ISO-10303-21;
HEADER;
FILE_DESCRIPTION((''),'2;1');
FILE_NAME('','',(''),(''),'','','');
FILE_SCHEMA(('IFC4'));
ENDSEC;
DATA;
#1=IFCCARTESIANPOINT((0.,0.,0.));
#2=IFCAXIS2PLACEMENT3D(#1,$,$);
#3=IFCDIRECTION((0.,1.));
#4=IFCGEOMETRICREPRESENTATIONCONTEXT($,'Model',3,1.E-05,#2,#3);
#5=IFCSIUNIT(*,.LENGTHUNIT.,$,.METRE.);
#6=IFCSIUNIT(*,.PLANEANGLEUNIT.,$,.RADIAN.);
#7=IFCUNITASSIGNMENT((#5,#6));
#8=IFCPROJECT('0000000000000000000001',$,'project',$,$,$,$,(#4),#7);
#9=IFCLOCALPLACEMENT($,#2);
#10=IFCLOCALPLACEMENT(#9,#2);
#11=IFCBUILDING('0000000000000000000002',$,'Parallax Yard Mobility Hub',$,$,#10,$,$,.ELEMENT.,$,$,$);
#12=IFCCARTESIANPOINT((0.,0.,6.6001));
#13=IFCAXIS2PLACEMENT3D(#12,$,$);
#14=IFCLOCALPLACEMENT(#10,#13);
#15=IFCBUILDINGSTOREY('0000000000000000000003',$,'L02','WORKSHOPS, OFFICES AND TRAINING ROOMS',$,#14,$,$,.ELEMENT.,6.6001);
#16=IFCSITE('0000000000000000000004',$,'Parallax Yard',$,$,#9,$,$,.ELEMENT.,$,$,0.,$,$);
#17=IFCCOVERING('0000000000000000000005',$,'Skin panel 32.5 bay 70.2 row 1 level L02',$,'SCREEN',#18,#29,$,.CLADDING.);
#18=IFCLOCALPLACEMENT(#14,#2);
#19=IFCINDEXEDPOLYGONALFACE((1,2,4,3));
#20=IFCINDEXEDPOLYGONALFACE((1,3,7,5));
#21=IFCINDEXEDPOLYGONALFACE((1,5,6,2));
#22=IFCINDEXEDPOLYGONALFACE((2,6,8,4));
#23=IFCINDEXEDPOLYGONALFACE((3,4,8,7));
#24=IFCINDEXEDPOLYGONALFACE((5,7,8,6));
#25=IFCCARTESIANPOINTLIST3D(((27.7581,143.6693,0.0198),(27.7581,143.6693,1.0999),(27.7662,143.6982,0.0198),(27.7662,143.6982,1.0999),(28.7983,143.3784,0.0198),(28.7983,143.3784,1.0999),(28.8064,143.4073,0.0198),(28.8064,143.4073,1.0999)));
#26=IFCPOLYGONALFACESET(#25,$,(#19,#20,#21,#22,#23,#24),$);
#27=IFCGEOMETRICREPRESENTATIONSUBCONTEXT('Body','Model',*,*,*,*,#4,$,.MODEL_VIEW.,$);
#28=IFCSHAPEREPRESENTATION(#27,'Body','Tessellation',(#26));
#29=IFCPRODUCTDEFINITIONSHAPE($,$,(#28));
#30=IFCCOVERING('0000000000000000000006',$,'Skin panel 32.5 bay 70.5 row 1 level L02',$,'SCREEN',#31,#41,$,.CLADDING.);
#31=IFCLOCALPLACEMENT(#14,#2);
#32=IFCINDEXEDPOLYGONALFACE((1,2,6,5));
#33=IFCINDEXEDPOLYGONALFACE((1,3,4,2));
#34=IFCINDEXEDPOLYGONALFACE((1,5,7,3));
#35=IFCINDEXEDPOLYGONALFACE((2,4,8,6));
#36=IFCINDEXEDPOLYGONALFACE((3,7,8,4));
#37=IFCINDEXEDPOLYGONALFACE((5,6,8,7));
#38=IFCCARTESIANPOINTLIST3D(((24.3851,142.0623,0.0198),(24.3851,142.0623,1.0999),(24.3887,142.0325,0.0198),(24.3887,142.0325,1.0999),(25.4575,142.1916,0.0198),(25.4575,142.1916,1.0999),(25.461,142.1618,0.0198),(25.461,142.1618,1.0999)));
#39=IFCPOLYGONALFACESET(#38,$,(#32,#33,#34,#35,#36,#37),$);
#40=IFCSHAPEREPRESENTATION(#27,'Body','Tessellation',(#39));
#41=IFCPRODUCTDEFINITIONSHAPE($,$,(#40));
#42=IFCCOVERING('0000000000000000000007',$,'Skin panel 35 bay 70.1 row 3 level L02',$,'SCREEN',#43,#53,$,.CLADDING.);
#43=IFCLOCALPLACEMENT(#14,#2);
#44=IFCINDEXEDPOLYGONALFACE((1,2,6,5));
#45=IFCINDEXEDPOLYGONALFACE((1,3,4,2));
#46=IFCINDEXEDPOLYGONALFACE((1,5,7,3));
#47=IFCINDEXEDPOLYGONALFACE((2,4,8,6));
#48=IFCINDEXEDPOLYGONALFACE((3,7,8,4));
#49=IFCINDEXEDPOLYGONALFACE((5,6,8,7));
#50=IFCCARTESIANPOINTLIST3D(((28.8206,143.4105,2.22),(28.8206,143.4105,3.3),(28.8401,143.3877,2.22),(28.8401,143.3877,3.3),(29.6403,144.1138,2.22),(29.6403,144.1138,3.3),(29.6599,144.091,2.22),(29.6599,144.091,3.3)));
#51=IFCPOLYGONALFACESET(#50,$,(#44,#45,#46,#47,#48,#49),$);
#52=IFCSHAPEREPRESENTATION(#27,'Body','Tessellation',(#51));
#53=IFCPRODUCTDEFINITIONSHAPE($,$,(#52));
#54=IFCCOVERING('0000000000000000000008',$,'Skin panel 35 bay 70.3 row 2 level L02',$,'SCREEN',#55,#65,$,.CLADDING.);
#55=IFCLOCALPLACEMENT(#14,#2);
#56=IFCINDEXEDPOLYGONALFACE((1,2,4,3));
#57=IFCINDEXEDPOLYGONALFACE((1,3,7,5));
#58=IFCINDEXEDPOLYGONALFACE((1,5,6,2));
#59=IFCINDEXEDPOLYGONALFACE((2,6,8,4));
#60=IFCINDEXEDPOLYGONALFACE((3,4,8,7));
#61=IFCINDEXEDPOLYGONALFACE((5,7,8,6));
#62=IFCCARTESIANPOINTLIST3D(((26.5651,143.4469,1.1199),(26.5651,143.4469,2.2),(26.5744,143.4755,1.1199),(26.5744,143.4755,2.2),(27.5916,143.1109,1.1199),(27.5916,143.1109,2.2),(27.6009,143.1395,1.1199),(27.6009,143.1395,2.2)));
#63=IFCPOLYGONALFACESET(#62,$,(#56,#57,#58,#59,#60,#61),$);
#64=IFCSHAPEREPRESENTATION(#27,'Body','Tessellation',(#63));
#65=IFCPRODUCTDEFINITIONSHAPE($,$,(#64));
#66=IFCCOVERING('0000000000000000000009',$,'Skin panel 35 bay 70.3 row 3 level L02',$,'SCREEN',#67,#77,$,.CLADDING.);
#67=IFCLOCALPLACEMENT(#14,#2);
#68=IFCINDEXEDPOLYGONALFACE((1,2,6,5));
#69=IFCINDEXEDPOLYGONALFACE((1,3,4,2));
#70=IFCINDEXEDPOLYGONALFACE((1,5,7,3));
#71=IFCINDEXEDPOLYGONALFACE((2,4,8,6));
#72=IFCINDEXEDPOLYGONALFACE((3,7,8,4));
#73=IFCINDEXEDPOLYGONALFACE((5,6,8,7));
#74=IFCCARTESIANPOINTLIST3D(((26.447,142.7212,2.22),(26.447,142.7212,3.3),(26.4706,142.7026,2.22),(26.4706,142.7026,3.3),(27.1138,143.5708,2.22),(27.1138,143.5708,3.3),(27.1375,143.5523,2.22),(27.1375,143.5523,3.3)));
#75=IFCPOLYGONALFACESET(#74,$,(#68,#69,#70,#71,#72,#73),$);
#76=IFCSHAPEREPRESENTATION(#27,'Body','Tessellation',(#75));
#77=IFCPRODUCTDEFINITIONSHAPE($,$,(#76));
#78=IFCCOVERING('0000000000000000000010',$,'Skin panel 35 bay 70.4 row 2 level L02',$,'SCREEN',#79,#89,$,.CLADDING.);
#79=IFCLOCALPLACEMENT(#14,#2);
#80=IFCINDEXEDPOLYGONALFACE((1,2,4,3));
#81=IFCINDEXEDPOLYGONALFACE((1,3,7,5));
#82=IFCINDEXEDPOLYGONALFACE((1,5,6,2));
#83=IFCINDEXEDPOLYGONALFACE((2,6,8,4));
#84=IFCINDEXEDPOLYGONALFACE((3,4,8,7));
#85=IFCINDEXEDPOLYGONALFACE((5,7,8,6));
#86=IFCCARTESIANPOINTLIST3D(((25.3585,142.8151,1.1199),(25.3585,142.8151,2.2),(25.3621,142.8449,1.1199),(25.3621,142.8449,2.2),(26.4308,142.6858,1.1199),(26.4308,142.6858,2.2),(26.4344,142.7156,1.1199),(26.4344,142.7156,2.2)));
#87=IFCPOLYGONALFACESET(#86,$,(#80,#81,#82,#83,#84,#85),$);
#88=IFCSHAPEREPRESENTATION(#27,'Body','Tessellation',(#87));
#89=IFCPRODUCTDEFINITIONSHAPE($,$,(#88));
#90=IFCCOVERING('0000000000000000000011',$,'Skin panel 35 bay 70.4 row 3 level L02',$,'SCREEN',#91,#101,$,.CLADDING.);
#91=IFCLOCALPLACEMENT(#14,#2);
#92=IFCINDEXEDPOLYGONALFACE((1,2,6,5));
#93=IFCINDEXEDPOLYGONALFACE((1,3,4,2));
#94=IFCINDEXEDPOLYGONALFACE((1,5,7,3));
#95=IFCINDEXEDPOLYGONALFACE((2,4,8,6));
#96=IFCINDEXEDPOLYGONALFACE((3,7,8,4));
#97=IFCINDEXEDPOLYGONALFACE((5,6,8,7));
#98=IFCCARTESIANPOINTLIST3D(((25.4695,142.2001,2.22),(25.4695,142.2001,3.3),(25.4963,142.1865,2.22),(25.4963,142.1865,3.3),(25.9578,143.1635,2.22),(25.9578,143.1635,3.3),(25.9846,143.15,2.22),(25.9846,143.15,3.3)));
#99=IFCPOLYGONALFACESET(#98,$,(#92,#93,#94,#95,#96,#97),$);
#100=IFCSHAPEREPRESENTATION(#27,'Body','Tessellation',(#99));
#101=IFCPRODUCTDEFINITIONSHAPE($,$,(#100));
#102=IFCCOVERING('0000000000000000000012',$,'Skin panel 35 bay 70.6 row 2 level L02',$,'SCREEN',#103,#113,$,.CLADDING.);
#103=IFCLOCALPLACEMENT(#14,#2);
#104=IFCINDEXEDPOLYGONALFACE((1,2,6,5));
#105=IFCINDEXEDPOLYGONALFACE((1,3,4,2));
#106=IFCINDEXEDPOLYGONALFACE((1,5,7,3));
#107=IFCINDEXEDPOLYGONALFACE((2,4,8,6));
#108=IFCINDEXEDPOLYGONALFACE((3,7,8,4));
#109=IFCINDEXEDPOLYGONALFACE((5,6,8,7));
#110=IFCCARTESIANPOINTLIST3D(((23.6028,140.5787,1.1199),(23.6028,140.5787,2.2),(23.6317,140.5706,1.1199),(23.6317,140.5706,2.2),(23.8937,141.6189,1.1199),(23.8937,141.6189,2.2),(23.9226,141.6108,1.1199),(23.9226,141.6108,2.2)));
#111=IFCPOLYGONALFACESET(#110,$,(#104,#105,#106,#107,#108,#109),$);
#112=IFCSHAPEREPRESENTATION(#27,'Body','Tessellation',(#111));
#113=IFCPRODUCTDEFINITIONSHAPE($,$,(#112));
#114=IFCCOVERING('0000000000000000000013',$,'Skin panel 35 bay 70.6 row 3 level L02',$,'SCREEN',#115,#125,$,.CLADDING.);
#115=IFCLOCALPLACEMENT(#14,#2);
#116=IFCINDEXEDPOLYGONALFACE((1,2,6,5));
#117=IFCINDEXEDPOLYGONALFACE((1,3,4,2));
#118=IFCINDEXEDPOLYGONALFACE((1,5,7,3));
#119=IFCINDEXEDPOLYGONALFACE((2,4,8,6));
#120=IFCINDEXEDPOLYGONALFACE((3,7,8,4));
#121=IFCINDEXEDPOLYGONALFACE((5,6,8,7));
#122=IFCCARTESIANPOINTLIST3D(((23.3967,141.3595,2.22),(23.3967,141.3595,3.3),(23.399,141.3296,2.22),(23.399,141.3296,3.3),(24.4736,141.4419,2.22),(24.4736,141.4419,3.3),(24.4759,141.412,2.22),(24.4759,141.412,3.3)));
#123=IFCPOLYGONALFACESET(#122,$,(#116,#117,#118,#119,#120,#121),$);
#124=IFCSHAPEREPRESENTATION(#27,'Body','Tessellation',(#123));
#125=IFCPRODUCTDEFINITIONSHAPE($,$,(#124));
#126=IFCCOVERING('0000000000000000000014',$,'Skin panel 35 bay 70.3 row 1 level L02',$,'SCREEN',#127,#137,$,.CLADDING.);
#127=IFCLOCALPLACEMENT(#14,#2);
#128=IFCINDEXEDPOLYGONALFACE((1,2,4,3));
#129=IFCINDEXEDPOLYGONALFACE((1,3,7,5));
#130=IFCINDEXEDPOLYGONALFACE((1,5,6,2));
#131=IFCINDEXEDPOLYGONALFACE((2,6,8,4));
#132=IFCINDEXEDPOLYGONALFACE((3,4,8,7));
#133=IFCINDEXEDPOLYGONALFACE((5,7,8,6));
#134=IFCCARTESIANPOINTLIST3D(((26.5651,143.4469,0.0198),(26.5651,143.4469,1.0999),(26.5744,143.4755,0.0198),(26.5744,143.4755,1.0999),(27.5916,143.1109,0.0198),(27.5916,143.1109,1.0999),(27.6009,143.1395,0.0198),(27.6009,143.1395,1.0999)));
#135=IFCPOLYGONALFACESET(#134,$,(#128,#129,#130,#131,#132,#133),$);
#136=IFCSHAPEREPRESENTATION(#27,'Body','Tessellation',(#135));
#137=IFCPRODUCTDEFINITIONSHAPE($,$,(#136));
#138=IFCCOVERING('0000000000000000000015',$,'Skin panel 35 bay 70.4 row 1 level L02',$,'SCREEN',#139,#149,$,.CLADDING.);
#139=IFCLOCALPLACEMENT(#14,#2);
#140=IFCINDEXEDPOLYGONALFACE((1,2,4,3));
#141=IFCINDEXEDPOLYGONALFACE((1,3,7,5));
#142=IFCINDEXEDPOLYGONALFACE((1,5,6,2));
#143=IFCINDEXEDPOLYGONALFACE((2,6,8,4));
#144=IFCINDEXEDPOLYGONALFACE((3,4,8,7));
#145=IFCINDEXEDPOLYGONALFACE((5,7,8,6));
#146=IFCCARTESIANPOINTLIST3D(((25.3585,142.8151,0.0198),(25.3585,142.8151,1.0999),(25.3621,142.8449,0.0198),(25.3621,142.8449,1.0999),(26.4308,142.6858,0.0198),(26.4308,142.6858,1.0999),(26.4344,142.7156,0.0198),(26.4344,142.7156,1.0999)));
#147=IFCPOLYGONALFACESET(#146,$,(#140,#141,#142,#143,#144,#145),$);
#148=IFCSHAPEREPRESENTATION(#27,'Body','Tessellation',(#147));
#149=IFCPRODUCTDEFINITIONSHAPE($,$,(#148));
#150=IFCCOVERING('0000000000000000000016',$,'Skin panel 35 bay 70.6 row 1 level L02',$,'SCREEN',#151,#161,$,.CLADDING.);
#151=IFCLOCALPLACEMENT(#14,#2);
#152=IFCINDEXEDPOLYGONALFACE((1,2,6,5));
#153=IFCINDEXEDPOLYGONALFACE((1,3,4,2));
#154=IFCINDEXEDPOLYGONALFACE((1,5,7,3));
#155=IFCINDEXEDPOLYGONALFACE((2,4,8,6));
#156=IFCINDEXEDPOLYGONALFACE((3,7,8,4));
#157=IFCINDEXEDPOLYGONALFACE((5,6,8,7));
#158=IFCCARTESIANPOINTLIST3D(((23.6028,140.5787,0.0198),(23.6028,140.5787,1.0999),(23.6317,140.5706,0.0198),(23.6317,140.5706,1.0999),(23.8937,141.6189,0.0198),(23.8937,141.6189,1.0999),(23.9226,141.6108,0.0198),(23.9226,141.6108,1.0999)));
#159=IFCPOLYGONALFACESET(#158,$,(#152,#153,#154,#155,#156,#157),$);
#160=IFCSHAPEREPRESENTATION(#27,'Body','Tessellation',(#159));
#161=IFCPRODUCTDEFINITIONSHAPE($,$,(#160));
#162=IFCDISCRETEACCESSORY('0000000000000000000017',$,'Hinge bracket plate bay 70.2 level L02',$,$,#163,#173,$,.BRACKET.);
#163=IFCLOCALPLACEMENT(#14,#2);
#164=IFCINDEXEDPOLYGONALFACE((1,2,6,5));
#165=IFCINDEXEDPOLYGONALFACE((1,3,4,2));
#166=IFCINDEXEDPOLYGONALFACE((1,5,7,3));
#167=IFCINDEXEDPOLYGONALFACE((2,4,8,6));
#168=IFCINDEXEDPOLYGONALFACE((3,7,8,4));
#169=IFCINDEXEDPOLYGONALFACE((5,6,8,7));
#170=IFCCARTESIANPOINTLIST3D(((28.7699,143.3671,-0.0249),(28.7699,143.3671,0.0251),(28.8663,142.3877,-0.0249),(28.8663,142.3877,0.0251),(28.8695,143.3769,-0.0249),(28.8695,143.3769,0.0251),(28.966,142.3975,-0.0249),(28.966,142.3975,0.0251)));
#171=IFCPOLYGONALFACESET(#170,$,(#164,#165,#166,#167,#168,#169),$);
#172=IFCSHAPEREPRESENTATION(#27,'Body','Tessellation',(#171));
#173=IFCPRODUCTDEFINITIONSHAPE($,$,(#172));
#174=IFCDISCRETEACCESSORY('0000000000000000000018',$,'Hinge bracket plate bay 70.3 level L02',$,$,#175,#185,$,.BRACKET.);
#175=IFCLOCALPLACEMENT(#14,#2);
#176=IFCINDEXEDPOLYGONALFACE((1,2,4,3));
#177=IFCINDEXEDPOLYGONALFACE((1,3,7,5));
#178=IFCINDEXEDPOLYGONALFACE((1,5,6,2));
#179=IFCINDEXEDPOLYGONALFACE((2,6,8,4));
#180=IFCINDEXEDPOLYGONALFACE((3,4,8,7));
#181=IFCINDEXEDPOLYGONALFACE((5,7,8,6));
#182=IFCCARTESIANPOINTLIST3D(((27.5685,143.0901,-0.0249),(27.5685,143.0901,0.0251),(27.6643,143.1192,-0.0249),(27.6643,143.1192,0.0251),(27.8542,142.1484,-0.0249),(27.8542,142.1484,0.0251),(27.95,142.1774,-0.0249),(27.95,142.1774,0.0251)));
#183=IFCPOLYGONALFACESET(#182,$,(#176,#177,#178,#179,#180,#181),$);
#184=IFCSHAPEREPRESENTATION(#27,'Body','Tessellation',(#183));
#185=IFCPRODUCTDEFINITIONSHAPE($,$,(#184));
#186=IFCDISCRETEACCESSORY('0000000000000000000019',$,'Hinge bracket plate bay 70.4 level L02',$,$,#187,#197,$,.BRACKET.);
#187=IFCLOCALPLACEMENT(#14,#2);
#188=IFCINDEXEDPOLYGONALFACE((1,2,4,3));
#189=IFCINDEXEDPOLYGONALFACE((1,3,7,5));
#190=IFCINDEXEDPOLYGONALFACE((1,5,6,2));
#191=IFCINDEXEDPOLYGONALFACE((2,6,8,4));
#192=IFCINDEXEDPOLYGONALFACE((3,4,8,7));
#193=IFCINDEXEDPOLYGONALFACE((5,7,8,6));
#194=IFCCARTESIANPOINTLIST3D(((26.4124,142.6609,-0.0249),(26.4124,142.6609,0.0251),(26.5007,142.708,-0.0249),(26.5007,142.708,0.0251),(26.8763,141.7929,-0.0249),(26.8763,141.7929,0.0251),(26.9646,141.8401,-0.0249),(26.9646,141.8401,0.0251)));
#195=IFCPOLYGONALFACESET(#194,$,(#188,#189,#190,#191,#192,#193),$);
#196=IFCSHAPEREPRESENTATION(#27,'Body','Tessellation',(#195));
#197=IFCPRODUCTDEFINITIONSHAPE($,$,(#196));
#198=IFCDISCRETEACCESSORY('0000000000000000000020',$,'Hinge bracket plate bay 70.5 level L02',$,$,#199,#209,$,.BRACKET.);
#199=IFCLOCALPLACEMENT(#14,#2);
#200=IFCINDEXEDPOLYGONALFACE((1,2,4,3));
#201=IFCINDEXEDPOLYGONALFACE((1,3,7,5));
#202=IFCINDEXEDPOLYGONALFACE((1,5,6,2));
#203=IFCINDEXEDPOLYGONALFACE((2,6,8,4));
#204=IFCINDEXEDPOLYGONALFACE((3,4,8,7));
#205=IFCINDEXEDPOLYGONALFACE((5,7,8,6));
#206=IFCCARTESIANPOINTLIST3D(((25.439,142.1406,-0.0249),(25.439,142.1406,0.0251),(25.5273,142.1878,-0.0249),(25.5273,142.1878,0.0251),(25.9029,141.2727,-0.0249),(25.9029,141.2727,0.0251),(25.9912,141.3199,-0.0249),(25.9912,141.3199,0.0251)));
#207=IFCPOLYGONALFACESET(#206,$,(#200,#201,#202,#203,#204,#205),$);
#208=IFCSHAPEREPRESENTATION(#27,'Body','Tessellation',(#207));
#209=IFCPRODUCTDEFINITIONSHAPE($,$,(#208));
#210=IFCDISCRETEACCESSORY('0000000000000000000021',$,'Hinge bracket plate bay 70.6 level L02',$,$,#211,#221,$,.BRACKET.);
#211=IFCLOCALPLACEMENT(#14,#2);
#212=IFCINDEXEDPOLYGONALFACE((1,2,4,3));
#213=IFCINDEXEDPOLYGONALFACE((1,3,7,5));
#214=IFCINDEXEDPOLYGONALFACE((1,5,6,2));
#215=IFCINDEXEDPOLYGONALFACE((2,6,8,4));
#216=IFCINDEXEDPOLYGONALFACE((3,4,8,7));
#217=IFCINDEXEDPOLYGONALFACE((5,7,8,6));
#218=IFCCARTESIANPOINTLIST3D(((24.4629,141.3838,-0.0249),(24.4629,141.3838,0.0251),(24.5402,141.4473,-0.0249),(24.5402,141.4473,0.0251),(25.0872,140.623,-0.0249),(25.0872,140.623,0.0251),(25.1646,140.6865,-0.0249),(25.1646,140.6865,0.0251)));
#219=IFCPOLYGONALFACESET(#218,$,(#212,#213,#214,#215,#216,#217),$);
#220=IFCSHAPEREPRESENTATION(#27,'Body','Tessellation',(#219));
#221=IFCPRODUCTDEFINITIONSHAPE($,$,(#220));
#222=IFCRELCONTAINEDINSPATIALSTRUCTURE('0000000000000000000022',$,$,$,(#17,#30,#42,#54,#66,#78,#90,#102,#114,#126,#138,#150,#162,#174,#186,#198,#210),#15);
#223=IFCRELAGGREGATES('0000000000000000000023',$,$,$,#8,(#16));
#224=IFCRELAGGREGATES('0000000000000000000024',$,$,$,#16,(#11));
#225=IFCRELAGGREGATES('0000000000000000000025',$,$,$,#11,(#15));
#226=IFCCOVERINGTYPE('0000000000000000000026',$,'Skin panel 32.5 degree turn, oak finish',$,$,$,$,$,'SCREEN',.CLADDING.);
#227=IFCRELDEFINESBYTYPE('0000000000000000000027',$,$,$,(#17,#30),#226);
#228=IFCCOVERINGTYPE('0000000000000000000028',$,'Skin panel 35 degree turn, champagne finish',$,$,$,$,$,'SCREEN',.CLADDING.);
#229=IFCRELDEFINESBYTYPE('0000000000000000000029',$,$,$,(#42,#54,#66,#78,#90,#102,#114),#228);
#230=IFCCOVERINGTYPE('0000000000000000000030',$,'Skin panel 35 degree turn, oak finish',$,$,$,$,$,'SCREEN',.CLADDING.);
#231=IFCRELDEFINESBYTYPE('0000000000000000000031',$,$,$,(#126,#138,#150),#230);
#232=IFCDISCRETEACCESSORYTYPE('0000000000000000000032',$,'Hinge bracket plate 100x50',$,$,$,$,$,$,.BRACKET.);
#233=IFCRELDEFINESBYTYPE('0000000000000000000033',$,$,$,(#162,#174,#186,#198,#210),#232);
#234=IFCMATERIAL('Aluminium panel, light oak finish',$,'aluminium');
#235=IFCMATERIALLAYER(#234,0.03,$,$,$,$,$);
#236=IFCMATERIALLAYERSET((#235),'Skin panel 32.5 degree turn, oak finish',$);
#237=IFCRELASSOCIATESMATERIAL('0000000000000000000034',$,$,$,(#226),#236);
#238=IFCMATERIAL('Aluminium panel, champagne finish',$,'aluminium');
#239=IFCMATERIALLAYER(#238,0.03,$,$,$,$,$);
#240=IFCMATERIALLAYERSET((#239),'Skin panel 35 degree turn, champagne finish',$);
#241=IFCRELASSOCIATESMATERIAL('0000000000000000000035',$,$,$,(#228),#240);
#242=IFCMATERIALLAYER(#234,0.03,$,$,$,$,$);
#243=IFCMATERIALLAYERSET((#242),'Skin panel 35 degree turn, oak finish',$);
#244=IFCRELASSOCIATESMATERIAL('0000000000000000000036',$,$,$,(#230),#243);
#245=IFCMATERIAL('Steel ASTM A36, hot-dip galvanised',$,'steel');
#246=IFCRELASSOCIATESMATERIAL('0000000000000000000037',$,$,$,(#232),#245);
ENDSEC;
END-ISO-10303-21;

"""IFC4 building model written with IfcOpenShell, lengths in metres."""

from ifc_helpers import new_model, si_unit, direction, frame, origin, origin_2d, place, context, subcontext, project, spatial, rectangle, extrude, material, layer, layer_set, type_object, element, save


model = new_model("IFC4")

# Units and contexts
model_context = context("Model", 3, precision=1e-05, world=origin(), true_north=direction((0.0, 1.0)))
body_context = subcontext(model_context, "Body", "Model", "MODEL_VIEW")
ifc_project = project(units=[si_unit("LENGTHUNIT", "METRE"), si_unit("PLANEANGLEUNIT", "RADIAN")], contexts=[model_context])

# Site, building, storey
site_placement = place(None, origin())
site = spatial("IfcSite", under=ifc_project, at=site_placement, Name="Parallax Yard", CompositionType="ELEMENT", RefElevation=0.0)
building_placement = place(site_placement, origin())
building = spatial("IfcBuilding", under=site, at=building_placement, Name="Parallax Yard Mobility Hub", CompositionType="ELEMENT")
storey_placement = place(building_placement, frame((0.0, 0.0, 6.6001)))
storey = spatial("IfcBuildingStorey", under=building, at=storey_placement, Name="L02", Description="WORKSHOPS, OFFICES AND TRAINING ROOMS", CompositionType="ELEMENT", Elevation=6.6001)

# Coverings
ifc_material_1 = material(Name="Aluminium panel, champagne finish", Category="aluminium")
ifc_material_2 = material(Name="Aluminium panel, light oak finish", Category="aluminium")
ifc_layer_1 = layer(ifc_material_2, 0.03)
ifc_layer_set_1 = layer_set([ifc_layer_1], Name="Skin panel 32.5 degree turn, oak finish")
covering_type_1 = type_object("IfcCoveringType", Name="Skin panel 32.5 degree turn, oak finish", ElementType="SCREEN", PredefinedType="CLADDING", material=ifc_layer_set_1)
for number, where, z_axis, x_axis, name in (
    (1, (28.2822, 143.5383, 0.0198), (0.0, 0.0, 1.0), (-0.963045, 0.26934, 0.0), "Skin panel 32.5 bay 70.2 row 1 level L02"),
    (2, (24.9231, 142.1121, 0.0198), (0.0, 0.0, 1.0), (-0.99281, -0.119704, 0.0), "Skin panel 32.5 bay 70.5 row 1 level L02"),
):
    element("IfcCovering", number, at=place(storey_placement, frame(where, z_axis=z_axis, x_axis=x_axis)), inside=storey, type_object=covering_type_1, Name=name, ObjectType="SCREEN", PredefinedType="CLADDING", context=body_context, shape_type="SweptSolid", body=[
        extrude(rectangle(XDim=1.0801, YDim=0.03, at=origin_2d()), origin(), (0.0, 0.0, 1.0), 1.0801),
    ])
ifc_layer_2 = layer(ifc_material_1, 0.03)
ifc_layer_set_2 = layer_set([ifc_layer_2], Name="Skin panel 35 degree turn, champagne finish")
covering_type_2 = type_object("IfcCoveringType", Name="Skin panel 35 degree turn, champagne finish", ElementType="SCREEN", PredefinedType="CLADDING", material=ifc_layer_set_2)
for number, where, z_axis, x_axis, name in (
    (3, (29.2402, 143.7507, 2.22), (0.0, 0.0, 1.0), (0.758987, 0.651105, 0.0), "Skin panel 35 bay 70.1 row 3 level L02"),
    (4, (27.083, 143.2932, 1.1199), (0.0, 0.0, 1.0), (-0.95038, 0.311091, 0.0), "Skin panel 35 bay 70.3 row 2 level L02"),
    (5, (26.7922, 143.1367, 2.22), (0.0, 0.0, 1.0), (0.617379, 0.786666, 0.0), "Skin panel 35 bay 70.3 row 3 level L02"),
    (6, (25.8965, 142.7654, 1.1199), (0.0, 0.0, 1.0), (-0.99281, 0.119704, 0.0), "Skin panel 35 bay 70.4 row 2 level L02"),
    (7, (25.7271, 142.675, 2.22), (0.0, 0.0, 1.0), (0.452046, 0.891995, 0.0), "Skin panel 35 bay 70.4 row 3 level L02"),
    (8, (23.7627, 141.0947, 1.1199), (0.0, 0.0, 1.0), (0.26934, 0.963045, 0.0), "Skin panel 35 bay 70.6 row 2 level L02"),
    (9, (23.9363, 141.3857, 2.22), (0.0, 0.0, 1.0), (-0.997086, -0.076284, 0.0), "Skin panel 35 bay 70.6 row 3 level L02"),
):
    element("IfcCovering", number, at=place(storey_placement, frame(where, z_axis=z_axis, x_axis=x_axis)), inside=storey, type_object=covering_type_2, Name=name, ObjectType="SCREEN", PredefinedType="CLADDING", context=body_context, shape_type="SweptSolid", body=[
        extrude(rectangle(XDim=1.0801, YDim=0.03, at=origin_2d()), origin(), (0.0, 0.0, 1.0), 1.0801),
    ])
ifc_layer_3 = layer(ifc_material_2, 0.03)
ifc_layer_set_3 = layer_set([ifc_layer_3], Name="Skin panel 35 degree turn, oak finish")
covering_type_3 = type_object("IfcCoveringType", Name="Skin panel 35 degree turn, oak finish", ElementType="SCREEN", PredefinedType="CLADDING", material=ifc_layer_set_3)
for number, where, z_axis, x_axis, name in (
    (10, (27.083, 143.2932, 0.0198), (0.0, 0.0, 1.0), (-0.95038, 0.311091, 0.0), "Skin panel 35 bay 70.3 row 1 level L02"),
    (11, (25.8965, 142.7654, 0.0198), (0.0, 0.0, 1.0), (-0.99281, 0.119704, 0.0), "Skin panel 35 bay 70.4 row 1 level L02"),
    (12, (23.7627, 141.0947, 0.0198), (0.0, 0.0, 1.0), (0.26934, 0.963045, 0.0), "Skin panel 35 bay 70.6 row 1 level L02"),
):
    element("IfcCovering", number, at=place(storey_placement, frame(where, z_axis=z_axis, x_axis=x_axis)), inside=storey, type_object=covering_type_3, Name=name, ObjectType="SCREEN", PredefinedType="CLADDING", context=body_context, shape_type="SweptSolid", body=[
        extrude(rectangle(XDim=1.0801, YDim=0.03, at=origin_2d()), origin(), (0.0, 0.0, 1.0), 1.0801),
    ])

# Discrete accessories
ifc_material_3 = material(Name="Steel ASTM A36, hot-dip galvanised", Category="steel")
discrete_accessory_type_1 = type_object("IfcDiscreteAccessoryType", Name="Hinge bracket plate 100x50", PredefinedType="BRACKET", material=ifc_material_3)
for number, where, z_axis, x_axis, name in (
    (13, (28.8679, 142.8823, -0.0249), (0.0, 0.0, 1.0), (-0.098017, 0.995185, 0.0), "Hinge bracket plate bay 70.2 level L02"),
    (14, (27.7593, 142.6338, -0.0249), (0.0, 0.0, 1.0), (-0.290285, 0.95694, 0.0), "Hinge bracket plate bay 70.3 level L02"),
    (15, (26.6885, 142.2505, -0.0249), (0.0, 0.0, 1.0), (-0.471397, 0.881921, 0.0), "Hinge bracket plate bay 70.4 level L02"),
    (16, (25.7151, 141.7302, -0.0249), (0.0, 0.0, 1.0), (-0.471397, 0.881921, 0.0), "Hinge bracket plate bay 70.5 level L02"),
    (17, (24.8137, 141.0352, -0.0249), (0.0, 0.0, 1.0), (-0.634393, 0.77301, 0.0), "Hinge bracket plate bay 70.6 level L02"),
):
    element("IfcDiscreteAccessory", number, at=place(storey_placement, frame(where, z_axis=z_axis, x_axis=x_axis)), inside=storey, type_object=discrete_accessory_type_1, Name=name, PredefinedType="BRACKET", context=body_context, shape_type="SweptSolid", body=[
        extrude(rectangle(XDim=0.9841, YDim=0.1001, at=origin_2d()), origin(), (0.0, 0.0, 1.0), 0.05),
    ])

save(model, "model.ifc")
